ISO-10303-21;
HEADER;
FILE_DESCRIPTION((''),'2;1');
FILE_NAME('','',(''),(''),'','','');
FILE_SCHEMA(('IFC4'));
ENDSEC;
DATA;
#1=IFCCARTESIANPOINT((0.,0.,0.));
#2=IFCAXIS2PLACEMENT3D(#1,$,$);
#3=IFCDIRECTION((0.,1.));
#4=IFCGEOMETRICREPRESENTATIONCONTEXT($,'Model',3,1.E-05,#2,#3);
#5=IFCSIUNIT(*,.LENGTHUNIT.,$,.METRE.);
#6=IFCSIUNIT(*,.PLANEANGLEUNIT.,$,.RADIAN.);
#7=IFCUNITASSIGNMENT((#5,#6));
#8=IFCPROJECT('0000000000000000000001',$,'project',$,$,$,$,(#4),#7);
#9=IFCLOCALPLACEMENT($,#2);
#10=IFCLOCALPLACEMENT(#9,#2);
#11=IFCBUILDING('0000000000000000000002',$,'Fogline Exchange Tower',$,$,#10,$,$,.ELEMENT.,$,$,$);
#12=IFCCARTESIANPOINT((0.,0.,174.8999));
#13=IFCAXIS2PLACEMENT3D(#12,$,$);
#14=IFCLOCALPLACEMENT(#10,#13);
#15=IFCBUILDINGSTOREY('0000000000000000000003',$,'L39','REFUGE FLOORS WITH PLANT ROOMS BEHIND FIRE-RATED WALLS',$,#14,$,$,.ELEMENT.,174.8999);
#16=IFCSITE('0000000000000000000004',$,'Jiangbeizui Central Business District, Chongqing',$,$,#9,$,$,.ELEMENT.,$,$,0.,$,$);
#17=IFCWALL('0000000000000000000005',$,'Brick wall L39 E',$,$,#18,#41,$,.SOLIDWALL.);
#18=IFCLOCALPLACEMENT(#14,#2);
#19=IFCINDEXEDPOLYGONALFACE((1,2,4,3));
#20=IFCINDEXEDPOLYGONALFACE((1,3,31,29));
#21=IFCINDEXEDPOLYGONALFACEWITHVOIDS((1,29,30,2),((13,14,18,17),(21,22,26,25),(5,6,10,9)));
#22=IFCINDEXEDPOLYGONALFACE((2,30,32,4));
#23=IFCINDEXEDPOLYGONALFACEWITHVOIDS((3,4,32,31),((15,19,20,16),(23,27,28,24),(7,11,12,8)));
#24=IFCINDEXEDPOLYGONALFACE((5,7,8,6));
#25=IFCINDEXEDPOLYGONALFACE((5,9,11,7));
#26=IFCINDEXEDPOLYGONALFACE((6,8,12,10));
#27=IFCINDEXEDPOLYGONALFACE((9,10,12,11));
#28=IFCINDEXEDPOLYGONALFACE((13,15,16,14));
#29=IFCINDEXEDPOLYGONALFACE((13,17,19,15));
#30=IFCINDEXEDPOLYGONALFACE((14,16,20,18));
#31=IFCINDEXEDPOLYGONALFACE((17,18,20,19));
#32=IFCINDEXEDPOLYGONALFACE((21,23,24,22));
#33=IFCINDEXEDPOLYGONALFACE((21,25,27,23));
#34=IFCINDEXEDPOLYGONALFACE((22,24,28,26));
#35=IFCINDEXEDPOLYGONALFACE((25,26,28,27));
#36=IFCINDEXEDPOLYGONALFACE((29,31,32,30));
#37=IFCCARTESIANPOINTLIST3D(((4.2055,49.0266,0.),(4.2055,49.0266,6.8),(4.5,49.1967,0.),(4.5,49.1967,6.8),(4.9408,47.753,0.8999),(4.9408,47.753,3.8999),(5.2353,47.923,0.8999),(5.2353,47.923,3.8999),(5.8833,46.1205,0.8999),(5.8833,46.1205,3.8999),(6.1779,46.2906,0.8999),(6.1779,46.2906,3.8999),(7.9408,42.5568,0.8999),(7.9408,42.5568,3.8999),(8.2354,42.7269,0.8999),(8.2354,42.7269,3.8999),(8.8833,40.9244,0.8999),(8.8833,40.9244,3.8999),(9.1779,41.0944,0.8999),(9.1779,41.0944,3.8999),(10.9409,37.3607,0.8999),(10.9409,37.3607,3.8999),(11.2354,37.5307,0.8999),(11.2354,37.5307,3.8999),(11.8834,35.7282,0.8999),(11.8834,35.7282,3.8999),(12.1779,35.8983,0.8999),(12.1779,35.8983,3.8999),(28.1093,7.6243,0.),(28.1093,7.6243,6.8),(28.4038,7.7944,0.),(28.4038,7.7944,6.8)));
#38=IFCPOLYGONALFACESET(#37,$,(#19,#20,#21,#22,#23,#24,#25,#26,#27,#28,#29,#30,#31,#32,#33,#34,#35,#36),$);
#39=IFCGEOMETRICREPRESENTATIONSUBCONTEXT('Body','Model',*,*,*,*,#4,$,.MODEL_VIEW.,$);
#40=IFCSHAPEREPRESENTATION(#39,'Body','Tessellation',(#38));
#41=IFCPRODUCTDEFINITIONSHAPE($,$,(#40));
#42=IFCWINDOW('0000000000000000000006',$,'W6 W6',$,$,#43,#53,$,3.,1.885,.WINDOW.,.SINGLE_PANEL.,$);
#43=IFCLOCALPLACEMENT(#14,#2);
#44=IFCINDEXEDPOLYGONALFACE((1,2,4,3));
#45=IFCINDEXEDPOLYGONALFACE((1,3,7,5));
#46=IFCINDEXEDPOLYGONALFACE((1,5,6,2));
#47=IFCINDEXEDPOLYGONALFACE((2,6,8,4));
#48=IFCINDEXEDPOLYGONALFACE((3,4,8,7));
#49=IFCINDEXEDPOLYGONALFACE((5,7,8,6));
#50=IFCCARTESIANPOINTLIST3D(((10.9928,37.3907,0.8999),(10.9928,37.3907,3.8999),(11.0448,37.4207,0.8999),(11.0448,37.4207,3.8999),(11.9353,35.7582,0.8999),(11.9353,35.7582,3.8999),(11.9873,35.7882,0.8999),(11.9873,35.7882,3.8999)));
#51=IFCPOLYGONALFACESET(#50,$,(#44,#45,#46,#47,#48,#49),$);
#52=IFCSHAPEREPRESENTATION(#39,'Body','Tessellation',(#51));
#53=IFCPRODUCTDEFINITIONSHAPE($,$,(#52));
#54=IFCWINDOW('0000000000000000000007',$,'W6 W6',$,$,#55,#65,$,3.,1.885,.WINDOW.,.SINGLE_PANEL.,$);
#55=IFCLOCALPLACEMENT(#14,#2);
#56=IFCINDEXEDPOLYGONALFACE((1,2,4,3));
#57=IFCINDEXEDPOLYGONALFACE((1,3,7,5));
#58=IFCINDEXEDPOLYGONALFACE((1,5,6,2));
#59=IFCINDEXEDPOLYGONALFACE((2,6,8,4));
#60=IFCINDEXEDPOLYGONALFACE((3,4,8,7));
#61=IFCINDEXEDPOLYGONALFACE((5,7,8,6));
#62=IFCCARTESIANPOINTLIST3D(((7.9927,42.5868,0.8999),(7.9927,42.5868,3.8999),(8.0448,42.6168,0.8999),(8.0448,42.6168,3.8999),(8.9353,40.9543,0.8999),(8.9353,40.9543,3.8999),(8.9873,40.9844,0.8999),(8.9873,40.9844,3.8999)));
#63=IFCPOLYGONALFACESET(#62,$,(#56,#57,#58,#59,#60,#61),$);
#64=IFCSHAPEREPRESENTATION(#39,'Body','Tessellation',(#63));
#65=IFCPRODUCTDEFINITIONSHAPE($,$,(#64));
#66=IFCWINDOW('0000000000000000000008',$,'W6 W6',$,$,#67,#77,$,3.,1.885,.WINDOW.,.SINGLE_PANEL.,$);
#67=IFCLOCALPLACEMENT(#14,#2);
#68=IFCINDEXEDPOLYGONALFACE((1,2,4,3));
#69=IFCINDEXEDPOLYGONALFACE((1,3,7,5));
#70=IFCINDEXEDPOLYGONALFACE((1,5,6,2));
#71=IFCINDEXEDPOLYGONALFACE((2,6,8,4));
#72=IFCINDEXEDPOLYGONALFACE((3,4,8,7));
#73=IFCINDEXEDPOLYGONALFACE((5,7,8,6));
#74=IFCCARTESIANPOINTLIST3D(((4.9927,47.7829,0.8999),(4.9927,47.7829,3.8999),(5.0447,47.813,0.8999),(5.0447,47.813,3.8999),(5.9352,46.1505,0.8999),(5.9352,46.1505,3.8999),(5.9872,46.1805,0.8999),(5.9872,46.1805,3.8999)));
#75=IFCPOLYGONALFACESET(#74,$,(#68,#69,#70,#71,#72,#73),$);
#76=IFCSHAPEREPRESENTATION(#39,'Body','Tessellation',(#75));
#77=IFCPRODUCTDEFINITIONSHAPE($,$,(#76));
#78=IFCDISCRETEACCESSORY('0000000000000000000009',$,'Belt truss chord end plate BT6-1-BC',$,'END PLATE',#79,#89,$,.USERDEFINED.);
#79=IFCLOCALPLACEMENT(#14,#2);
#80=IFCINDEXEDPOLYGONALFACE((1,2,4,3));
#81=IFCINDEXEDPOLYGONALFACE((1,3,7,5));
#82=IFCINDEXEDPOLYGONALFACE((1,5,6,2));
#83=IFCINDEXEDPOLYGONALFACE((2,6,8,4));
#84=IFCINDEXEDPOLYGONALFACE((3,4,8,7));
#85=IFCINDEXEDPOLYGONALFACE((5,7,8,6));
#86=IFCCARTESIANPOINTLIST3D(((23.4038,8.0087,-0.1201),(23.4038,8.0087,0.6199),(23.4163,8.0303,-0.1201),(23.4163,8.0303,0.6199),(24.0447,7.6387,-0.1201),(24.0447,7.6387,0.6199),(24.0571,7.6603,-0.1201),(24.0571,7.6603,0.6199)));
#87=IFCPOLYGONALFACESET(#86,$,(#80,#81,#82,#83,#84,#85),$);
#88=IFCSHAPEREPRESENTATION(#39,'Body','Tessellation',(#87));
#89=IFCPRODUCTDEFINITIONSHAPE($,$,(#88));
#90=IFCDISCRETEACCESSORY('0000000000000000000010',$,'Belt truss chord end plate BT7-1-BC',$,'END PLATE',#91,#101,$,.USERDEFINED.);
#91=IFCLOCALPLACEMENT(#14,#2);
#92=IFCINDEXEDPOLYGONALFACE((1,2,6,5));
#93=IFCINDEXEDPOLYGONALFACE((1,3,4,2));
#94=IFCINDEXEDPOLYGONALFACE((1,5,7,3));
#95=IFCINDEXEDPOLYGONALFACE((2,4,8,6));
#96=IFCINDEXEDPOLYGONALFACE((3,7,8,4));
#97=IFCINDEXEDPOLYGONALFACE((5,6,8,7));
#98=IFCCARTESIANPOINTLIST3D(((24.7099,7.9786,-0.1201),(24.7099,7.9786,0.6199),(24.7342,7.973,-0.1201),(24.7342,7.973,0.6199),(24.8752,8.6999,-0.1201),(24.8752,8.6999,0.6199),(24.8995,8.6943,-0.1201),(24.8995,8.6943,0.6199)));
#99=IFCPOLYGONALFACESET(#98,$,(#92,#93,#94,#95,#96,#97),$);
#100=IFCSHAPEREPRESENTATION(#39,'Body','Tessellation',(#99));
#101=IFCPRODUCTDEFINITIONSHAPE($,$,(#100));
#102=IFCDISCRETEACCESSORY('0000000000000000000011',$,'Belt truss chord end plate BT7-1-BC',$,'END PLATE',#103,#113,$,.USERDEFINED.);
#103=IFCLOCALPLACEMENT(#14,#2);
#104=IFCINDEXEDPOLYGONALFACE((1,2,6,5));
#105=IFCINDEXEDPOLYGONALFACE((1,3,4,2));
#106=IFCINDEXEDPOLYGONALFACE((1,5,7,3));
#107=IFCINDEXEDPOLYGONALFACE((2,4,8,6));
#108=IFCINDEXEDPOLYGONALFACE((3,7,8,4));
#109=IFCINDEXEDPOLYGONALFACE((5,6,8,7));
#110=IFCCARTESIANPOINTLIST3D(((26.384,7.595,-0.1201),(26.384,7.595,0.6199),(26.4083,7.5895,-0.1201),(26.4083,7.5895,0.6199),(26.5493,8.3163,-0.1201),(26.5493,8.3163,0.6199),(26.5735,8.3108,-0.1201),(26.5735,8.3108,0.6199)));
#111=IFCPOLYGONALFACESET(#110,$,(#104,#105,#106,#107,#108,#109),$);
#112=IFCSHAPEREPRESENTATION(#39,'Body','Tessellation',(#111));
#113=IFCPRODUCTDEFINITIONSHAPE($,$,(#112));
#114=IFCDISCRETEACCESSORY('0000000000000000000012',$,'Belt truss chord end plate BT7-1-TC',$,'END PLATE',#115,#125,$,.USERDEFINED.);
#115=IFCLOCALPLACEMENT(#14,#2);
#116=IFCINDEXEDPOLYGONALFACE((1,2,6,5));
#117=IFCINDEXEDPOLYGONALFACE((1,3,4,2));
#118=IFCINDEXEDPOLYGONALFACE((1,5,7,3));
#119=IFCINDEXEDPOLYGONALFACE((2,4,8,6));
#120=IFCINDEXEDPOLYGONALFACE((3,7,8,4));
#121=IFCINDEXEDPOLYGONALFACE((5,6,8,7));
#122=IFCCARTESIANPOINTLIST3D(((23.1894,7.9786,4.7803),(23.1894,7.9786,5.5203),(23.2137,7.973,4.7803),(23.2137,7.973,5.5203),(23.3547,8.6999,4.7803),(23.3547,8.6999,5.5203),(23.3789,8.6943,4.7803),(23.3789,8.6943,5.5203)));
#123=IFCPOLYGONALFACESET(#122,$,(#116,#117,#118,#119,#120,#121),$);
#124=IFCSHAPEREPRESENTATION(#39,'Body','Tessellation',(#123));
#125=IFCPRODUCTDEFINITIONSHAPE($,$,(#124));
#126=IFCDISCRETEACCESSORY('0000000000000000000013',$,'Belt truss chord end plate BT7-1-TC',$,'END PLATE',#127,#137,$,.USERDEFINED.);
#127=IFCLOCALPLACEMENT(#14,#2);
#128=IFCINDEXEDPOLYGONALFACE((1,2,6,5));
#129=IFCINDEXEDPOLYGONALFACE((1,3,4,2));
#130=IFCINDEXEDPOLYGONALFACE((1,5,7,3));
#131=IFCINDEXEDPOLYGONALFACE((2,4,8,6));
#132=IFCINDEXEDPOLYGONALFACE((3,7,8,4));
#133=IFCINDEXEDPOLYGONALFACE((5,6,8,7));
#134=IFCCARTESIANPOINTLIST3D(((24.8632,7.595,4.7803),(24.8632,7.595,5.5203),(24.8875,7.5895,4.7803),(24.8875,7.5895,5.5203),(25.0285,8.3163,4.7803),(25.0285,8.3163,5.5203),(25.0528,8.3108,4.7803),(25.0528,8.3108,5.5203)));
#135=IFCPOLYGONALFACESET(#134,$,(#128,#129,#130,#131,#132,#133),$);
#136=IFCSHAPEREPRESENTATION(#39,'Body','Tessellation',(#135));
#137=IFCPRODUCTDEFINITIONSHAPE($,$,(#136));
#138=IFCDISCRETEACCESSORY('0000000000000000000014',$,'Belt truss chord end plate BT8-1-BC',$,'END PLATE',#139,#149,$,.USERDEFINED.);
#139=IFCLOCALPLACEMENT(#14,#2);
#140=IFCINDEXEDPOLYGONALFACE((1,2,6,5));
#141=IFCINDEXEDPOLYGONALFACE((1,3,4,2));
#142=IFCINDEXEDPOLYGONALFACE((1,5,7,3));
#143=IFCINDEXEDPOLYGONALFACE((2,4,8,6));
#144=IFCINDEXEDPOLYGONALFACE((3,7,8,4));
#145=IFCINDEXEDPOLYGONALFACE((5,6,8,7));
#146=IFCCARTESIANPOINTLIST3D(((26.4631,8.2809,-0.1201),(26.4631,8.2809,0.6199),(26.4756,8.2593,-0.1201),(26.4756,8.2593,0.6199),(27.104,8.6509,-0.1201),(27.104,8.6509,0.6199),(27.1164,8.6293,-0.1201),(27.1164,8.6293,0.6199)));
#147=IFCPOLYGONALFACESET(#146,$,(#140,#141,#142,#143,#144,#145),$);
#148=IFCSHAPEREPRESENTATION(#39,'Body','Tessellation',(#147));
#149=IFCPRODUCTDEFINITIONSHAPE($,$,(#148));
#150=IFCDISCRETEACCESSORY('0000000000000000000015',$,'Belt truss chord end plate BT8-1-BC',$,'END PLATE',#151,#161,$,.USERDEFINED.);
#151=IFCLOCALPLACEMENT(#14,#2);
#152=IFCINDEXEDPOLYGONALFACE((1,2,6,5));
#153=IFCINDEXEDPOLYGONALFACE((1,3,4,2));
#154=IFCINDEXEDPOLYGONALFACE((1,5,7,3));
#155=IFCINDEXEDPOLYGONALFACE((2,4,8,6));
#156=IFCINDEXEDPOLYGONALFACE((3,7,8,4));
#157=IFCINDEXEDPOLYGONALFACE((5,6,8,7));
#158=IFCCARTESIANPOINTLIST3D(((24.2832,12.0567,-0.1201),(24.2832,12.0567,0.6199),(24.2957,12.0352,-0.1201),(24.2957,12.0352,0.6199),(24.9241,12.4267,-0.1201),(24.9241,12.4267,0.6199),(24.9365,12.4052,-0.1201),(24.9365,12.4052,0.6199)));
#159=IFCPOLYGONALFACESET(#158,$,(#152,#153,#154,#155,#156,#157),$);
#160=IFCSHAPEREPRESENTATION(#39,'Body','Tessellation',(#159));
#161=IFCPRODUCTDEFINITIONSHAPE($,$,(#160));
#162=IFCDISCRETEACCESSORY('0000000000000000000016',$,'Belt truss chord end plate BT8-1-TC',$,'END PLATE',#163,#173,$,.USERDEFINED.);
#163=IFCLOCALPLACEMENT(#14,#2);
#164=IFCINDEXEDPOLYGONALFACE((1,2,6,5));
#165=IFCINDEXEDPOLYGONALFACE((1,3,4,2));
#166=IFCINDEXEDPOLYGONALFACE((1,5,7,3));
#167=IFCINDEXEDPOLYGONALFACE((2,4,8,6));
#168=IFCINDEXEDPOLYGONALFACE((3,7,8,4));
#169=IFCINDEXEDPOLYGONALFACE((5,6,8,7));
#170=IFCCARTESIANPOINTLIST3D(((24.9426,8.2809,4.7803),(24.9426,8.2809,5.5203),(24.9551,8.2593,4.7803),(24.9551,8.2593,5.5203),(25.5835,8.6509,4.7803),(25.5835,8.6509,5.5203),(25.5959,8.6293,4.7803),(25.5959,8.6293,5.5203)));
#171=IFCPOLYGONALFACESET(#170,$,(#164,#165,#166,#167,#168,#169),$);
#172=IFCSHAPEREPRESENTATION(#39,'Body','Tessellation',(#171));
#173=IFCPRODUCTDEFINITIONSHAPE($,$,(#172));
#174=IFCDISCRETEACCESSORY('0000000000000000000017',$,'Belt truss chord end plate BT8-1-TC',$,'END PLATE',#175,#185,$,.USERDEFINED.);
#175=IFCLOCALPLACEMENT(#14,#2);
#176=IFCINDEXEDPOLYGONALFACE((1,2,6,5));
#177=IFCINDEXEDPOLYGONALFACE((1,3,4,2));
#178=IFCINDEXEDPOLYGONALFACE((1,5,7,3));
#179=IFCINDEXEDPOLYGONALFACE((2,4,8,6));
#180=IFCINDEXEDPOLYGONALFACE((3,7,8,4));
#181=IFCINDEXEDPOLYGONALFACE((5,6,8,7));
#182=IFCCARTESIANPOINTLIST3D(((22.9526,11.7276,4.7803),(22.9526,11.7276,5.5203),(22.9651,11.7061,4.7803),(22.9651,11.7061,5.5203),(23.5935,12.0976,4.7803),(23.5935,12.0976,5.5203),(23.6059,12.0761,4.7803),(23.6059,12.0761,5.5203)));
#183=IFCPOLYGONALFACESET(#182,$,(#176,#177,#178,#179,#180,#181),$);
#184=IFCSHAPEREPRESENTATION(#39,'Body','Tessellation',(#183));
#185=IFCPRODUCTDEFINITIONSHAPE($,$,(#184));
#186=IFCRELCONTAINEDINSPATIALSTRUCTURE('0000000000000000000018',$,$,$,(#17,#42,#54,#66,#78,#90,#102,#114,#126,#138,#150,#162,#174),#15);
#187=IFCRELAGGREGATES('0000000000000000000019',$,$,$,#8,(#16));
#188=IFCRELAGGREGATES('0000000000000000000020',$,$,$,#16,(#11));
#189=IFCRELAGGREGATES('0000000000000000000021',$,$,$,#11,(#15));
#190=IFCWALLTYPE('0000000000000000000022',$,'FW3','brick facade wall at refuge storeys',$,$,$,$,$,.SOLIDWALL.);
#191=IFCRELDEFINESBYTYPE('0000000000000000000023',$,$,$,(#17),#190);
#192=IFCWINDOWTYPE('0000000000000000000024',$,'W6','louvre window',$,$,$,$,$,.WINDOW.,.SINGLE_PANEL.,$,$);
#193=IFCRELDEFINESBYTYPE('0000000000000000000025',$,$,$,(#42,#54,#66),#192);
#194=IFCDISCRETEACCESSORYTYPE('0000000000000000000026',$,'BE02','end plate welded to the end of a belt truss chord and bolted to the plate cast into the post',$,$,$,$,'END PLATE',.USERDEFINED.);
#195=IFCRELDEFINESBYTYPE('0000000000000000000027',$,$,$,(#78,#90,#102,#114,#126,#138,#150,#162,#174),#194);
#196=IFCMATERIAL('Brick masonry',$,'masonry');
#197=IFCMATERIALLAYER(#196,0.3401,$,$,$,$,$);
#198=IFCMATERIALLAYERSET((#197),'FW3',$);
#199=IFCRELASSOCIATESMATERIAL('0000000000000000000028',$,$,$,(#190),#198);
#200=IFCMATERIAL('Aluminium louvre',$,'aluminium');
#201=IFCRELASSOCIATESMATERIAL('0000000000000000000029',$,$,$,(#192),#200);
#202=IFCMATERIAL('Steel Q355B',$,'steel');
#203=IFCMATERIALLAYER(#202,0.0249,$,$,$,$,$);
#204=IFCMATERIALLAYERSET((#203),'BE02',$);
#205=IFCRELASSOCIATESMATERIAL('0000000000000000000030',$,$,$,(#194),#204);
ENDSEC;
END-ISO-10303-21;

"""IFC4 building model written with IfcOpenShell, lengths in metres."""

from ifc_helpers import new_model, si_unit, direction, frame, frame_2d, origin, origin_2d, place, context, subcontext, project, spatial, rectangle, extrude, material, layer, layer_set, type_object, element, fill, save


model = new_model("IFC4")

# Units and contexts
model_context = context("Model", 3, precision=1e-05, world=origin(), true_north=direction((0.0, 1.0)))
body_context = subcontext(model_context, "Body", "Model", "MODEL_VIEW")
ifc_project = project(units=[si_unit("LENGTHUNIT", "METRE"), si_unit("PLANEANGLEUNIT", "RADIAN")], contexts=[model_context])

# Site, building, storey
site_placement = place(None, origin())
site = spatial("IfcSite", under=ifc_project, at=site_placement, Name="Jiangbeizui Central Business District, Chongqing", CompositionType="ELEMENT", RefElevation=0.0)
building_placement = place(site_placement, origin())
building = spatial("IfcBuilding", under=site, at=building_placement, Name="Fogline Exchange Tower", CompositionType="ELEMENT")
storey_placement = place(building_placement, frame((0.0, 0.0, 174.8999)))
storey = spatial("IfcBuildingStorey", under=building, at=storey_placement, Name="L39", Description="REFUGE FLOORS WITH PLANT ROOMS BEHIND FIRE-RATED WALLS", CompositionType="ELEMENT", Elevation=174.8999)

# Shared definitions
ifc_material_1 = material(Name="Steel Q355B", Category="steel")

# Wall, openings, windows
ifc_material_2 = material(Name="Brick masonry", Category="masonry")
ifc_layer_1 = layer(ifc_material_2, 0.3401)
ifc_layer_set_1 = layer_set([ifc_layer_1], Name="FW3")
wall_type = type_object("IfcWallType", Name="FW3", Description="brick facade wall at refuge storeys", PredefinedType="SOLIDWALL", material=ifc_layer_set_1)
wall_placement = place(storey_placement, frame((28.2566, 7.7092, 0.0), z_axis=(0.0, 0.0, 1.0), x_axis=(-0.500002, 0.866024, 0.0)))
wall = element("IfcWall", 1, at=wall_placement, inside=storey, type_object=wall_type, Name="Brick wall L39 E", PredefinedType="SOLIDWALL", context=body_context, shape_type="SweptSolid", body=[
    extrude(rectangle(XDim=47.8074, YDim=0.3401, at=frame_2d((23.9038, 0.0))), origin(), (0.0, 0.0, 1.0), 6.8),
])
opening_1_placement = place(wall_placement, frame((32.4519, 0.0, 0.8999)))
opening_1 = element("IfcOpeningElement", 2, at=opening_1_placement, cuts=wall, PredefinedType="OPENING", context=body_context, shape_type="SweptSolid", body=[
    extrude(rectangle(XDim=1.885, YDim=3.0, at=frame_2d((0.9424, 1.5))), frame((0.0, 0.1802, 0.0), z_axis=(0.0, -1.0, 0.0), x_axis=(1.0, 0.0, 0.0)), (0.0, 0.0, 1.0), 0.3601),
])
opening_2_placement = place(wall_placement, frame((38.4519, 0.0, 0.8999)))
opening_2 = element("IfcOpeningElement", 3, at=opening_2_placement, cuts=wall, PredefinedType="OPENING", context=body_context, shape_type="SweptSolid", body=[
    extrude(rectangle(XDim=1.885, YDim=3.0, at=frame_2d((0.9424, 1.5))), frame((0.0, 0.1802, 0.0), z_axis=(0.0, -1.0, 0.0), x_axis=(1.0, 0.0, 0.0)), (0.0, 0.0, 1.0), 0.3601),
])
opening_3_placement = place(wall_placement, frame((44.4519, 0.0, 0.8999)))
opening_3 = element("IfcOpeningElement", 4, at=opening_3_placement, cuts=wall, PredefinedType="OPENING", context=body_context, shape_type="SweptSolid", body=[
    extrude(rectangle(XDim=1.885, YDim=3.0, at=frame_2d((0.9424, 1.5))), frame((0.0, 0.1802, 0.0), z_axis=(0.0, -1.0, 0.0), x_axis=(1.0, 0.0, 0.0)), (0.0, 0.0, 1.0), 0.3601),
])
ifc_material_3 = material(Name="Aluminium louvre", Category="aluminium")
window_type = type_object("IfcWindowType", Name="W6", Description="louvre window", PartitioningType="SINGLE_PANEL", PredefinedType="WINDOW", material=ifc_material_3)
window_1_placement = place(opening_1_placement, origin())
window_1 = element("IfcWindow", 5, at=window_1_placement, inside=storey, type_object=window_type, Name="W6 W6", OverallHeight=3.0, OverallWidth=1.885, PartitioningType="SINGLE_PANEL", PredefinedType="WINDOW", context=body_context, shape_type="SweptSolid", body=[
    extrude(rectangle(XDim=1.885, YDim=3.0, at=frame_2d((0.9424, 1.5))), frame((0.0, 0.1101, 0.0), z_axis=(0.0, -1.0, 0.0), x_axis=(1.0, 0.0, 0.0)), (0.0, 0.0, 1.0), 0.0601),
])
fill(opening_1, window_1)
window_2_placement = place(opening_2_placement, origin())
window_2 = element("IfcWindow", 6, at=window_2_placement, inside=storey, type_object=window_type, Name="W6 W6", OverallHeight=3.0, OverallWidth=1.885, PartitioningType="SINGLE_PANEL", PredefinedType="WINDOW", context=body_context, shape_type="SweptSolid", body=[
    extrude(rectangle(XDim=1.885, YDim=3.0, at=frame_2d((0.9424, 1.5))), frame((0.0, 0.1101, 0.0), z_axis=(0.0, -1.0, 0.0), x_axis=(1.0, 0.0, 0.0)), (0.0, 0.0, 1.0), 0.0601),
])
fill(opening_2, window_2)
window_3_placement = place(opening_3_placement, origin())
window_3 = element("IfcWindow", 7, at=window_3_placement, inside=storey, type_object=window_type, Name="W6 W6", OverallHeight=3.0, OverallWidth=1.885, PartitioningType="SINGLE_PANEL", PredefinedType="WINDOW", context=body_context, shape_type="SweptSolid", body=[
    extrude(rectangle(XDim=1.885, YDim=3.0, at=frame_2d((0.9424, 1.5))), frame((0.0, 0.1101, 0.0), z_axis=(0.0, -1.0, 0.0), x_axis=(1.0, 0.0, 0.0)), (0.0, 0.0, 1.0), 0.0601),
])
fill(opening_3, window_3)

# Discrete accessories
ifc_layer_2 = layer(ifc_material_1, 0.0249)
ifc_layer_set_2 = layer_set([ifc_layer_2], Name="BE02")
discrete_accessory_type = type_object("IfcDiscreteAccessoryType", Name="BE02", Description="end plate welded to the end of a belt truss chord and bolted to the plate cast into the post", ElementType="END PLATE", PredefinedType="USERDEFINED", material=ifc_layer_set_2)
for number, where, z_axis, x_axis, name in (
    (8, (23.7305, 7.8345, -0.1201), (0.0, 0.0, 1.0), (0.5, 0.866025, 0.0), "Belt truss chord end plate BT6-1-BC"),
    (9, (24.8047, 8.3364, -0.1201), (0.0, 0.0, 1.0), (-0.974743, 0.22333, 0.0), "Belt truss chord end plate BT7-1-BC"),
    (10, (26.4788, 7.9529, -0.1201), (0.0, 0.0, 1.0), (0.974743, -0.22333, 0.0), "Belt truss chord end plate BT7-1-BC"),
    (11, (23.2842, 8.3364, 4.7803), (0.0, 0.0, 1.0), (-0.974743, 0.22333, 0.0), "Belt truss chord end plate BT7-1-TC"),
    (12, (24.958, 7.9529, 4.7803), (0.0, 0.0, 1.0), (0.974743, -0.22333, 0.0), "Belt truss chord end plate BT7-1-TC"),
    (13, (26.7898, 8.4551, -0.1201), (0.0, 0.0, 1.0), (0.5, -0.866025, 0.0), "Belt truss chord end plate BT8-1-BC"),
    (14, (24.6099, 12.231, -0.1201), (0.0, 0.0, 1.0), (-0.5, 0.866025, 0.0), "Belt truss chord end plate BT8-1-BC"),
    (15, (25.2693, 8.4551, 4.7803), (0.0, 0.0, 1.0), (0.5, -0.866025, 0.0), "Belt truss chord end plate BT8-1-TC"),
    (16, (23.2793, 11.9019, 4.7803), (0.0, 0.0, 1.0), (-0.5, 0.866025, 0.0), "Belt truss chord end plate BT8-1-TC"),
):
    element("IfcDiscreteAccessory", number, at=place(storey_placement, frame(where, z_axis=z_axis, x_axis=x_axis)), inside=storey, type_object=discrete_accessory_type, Name=name, ObjectType="END PLATE", PredefinedType="USERDEFINED", context=body_context, shape_type="SweptSolid", body=[
        extrude(rectangle(XDim=0.0249, YDim=0.74, at=origin_2d()), origin(), (0.0, 0.0, 1.0), 0.74),
    ])

save(model, "model.ifc")
